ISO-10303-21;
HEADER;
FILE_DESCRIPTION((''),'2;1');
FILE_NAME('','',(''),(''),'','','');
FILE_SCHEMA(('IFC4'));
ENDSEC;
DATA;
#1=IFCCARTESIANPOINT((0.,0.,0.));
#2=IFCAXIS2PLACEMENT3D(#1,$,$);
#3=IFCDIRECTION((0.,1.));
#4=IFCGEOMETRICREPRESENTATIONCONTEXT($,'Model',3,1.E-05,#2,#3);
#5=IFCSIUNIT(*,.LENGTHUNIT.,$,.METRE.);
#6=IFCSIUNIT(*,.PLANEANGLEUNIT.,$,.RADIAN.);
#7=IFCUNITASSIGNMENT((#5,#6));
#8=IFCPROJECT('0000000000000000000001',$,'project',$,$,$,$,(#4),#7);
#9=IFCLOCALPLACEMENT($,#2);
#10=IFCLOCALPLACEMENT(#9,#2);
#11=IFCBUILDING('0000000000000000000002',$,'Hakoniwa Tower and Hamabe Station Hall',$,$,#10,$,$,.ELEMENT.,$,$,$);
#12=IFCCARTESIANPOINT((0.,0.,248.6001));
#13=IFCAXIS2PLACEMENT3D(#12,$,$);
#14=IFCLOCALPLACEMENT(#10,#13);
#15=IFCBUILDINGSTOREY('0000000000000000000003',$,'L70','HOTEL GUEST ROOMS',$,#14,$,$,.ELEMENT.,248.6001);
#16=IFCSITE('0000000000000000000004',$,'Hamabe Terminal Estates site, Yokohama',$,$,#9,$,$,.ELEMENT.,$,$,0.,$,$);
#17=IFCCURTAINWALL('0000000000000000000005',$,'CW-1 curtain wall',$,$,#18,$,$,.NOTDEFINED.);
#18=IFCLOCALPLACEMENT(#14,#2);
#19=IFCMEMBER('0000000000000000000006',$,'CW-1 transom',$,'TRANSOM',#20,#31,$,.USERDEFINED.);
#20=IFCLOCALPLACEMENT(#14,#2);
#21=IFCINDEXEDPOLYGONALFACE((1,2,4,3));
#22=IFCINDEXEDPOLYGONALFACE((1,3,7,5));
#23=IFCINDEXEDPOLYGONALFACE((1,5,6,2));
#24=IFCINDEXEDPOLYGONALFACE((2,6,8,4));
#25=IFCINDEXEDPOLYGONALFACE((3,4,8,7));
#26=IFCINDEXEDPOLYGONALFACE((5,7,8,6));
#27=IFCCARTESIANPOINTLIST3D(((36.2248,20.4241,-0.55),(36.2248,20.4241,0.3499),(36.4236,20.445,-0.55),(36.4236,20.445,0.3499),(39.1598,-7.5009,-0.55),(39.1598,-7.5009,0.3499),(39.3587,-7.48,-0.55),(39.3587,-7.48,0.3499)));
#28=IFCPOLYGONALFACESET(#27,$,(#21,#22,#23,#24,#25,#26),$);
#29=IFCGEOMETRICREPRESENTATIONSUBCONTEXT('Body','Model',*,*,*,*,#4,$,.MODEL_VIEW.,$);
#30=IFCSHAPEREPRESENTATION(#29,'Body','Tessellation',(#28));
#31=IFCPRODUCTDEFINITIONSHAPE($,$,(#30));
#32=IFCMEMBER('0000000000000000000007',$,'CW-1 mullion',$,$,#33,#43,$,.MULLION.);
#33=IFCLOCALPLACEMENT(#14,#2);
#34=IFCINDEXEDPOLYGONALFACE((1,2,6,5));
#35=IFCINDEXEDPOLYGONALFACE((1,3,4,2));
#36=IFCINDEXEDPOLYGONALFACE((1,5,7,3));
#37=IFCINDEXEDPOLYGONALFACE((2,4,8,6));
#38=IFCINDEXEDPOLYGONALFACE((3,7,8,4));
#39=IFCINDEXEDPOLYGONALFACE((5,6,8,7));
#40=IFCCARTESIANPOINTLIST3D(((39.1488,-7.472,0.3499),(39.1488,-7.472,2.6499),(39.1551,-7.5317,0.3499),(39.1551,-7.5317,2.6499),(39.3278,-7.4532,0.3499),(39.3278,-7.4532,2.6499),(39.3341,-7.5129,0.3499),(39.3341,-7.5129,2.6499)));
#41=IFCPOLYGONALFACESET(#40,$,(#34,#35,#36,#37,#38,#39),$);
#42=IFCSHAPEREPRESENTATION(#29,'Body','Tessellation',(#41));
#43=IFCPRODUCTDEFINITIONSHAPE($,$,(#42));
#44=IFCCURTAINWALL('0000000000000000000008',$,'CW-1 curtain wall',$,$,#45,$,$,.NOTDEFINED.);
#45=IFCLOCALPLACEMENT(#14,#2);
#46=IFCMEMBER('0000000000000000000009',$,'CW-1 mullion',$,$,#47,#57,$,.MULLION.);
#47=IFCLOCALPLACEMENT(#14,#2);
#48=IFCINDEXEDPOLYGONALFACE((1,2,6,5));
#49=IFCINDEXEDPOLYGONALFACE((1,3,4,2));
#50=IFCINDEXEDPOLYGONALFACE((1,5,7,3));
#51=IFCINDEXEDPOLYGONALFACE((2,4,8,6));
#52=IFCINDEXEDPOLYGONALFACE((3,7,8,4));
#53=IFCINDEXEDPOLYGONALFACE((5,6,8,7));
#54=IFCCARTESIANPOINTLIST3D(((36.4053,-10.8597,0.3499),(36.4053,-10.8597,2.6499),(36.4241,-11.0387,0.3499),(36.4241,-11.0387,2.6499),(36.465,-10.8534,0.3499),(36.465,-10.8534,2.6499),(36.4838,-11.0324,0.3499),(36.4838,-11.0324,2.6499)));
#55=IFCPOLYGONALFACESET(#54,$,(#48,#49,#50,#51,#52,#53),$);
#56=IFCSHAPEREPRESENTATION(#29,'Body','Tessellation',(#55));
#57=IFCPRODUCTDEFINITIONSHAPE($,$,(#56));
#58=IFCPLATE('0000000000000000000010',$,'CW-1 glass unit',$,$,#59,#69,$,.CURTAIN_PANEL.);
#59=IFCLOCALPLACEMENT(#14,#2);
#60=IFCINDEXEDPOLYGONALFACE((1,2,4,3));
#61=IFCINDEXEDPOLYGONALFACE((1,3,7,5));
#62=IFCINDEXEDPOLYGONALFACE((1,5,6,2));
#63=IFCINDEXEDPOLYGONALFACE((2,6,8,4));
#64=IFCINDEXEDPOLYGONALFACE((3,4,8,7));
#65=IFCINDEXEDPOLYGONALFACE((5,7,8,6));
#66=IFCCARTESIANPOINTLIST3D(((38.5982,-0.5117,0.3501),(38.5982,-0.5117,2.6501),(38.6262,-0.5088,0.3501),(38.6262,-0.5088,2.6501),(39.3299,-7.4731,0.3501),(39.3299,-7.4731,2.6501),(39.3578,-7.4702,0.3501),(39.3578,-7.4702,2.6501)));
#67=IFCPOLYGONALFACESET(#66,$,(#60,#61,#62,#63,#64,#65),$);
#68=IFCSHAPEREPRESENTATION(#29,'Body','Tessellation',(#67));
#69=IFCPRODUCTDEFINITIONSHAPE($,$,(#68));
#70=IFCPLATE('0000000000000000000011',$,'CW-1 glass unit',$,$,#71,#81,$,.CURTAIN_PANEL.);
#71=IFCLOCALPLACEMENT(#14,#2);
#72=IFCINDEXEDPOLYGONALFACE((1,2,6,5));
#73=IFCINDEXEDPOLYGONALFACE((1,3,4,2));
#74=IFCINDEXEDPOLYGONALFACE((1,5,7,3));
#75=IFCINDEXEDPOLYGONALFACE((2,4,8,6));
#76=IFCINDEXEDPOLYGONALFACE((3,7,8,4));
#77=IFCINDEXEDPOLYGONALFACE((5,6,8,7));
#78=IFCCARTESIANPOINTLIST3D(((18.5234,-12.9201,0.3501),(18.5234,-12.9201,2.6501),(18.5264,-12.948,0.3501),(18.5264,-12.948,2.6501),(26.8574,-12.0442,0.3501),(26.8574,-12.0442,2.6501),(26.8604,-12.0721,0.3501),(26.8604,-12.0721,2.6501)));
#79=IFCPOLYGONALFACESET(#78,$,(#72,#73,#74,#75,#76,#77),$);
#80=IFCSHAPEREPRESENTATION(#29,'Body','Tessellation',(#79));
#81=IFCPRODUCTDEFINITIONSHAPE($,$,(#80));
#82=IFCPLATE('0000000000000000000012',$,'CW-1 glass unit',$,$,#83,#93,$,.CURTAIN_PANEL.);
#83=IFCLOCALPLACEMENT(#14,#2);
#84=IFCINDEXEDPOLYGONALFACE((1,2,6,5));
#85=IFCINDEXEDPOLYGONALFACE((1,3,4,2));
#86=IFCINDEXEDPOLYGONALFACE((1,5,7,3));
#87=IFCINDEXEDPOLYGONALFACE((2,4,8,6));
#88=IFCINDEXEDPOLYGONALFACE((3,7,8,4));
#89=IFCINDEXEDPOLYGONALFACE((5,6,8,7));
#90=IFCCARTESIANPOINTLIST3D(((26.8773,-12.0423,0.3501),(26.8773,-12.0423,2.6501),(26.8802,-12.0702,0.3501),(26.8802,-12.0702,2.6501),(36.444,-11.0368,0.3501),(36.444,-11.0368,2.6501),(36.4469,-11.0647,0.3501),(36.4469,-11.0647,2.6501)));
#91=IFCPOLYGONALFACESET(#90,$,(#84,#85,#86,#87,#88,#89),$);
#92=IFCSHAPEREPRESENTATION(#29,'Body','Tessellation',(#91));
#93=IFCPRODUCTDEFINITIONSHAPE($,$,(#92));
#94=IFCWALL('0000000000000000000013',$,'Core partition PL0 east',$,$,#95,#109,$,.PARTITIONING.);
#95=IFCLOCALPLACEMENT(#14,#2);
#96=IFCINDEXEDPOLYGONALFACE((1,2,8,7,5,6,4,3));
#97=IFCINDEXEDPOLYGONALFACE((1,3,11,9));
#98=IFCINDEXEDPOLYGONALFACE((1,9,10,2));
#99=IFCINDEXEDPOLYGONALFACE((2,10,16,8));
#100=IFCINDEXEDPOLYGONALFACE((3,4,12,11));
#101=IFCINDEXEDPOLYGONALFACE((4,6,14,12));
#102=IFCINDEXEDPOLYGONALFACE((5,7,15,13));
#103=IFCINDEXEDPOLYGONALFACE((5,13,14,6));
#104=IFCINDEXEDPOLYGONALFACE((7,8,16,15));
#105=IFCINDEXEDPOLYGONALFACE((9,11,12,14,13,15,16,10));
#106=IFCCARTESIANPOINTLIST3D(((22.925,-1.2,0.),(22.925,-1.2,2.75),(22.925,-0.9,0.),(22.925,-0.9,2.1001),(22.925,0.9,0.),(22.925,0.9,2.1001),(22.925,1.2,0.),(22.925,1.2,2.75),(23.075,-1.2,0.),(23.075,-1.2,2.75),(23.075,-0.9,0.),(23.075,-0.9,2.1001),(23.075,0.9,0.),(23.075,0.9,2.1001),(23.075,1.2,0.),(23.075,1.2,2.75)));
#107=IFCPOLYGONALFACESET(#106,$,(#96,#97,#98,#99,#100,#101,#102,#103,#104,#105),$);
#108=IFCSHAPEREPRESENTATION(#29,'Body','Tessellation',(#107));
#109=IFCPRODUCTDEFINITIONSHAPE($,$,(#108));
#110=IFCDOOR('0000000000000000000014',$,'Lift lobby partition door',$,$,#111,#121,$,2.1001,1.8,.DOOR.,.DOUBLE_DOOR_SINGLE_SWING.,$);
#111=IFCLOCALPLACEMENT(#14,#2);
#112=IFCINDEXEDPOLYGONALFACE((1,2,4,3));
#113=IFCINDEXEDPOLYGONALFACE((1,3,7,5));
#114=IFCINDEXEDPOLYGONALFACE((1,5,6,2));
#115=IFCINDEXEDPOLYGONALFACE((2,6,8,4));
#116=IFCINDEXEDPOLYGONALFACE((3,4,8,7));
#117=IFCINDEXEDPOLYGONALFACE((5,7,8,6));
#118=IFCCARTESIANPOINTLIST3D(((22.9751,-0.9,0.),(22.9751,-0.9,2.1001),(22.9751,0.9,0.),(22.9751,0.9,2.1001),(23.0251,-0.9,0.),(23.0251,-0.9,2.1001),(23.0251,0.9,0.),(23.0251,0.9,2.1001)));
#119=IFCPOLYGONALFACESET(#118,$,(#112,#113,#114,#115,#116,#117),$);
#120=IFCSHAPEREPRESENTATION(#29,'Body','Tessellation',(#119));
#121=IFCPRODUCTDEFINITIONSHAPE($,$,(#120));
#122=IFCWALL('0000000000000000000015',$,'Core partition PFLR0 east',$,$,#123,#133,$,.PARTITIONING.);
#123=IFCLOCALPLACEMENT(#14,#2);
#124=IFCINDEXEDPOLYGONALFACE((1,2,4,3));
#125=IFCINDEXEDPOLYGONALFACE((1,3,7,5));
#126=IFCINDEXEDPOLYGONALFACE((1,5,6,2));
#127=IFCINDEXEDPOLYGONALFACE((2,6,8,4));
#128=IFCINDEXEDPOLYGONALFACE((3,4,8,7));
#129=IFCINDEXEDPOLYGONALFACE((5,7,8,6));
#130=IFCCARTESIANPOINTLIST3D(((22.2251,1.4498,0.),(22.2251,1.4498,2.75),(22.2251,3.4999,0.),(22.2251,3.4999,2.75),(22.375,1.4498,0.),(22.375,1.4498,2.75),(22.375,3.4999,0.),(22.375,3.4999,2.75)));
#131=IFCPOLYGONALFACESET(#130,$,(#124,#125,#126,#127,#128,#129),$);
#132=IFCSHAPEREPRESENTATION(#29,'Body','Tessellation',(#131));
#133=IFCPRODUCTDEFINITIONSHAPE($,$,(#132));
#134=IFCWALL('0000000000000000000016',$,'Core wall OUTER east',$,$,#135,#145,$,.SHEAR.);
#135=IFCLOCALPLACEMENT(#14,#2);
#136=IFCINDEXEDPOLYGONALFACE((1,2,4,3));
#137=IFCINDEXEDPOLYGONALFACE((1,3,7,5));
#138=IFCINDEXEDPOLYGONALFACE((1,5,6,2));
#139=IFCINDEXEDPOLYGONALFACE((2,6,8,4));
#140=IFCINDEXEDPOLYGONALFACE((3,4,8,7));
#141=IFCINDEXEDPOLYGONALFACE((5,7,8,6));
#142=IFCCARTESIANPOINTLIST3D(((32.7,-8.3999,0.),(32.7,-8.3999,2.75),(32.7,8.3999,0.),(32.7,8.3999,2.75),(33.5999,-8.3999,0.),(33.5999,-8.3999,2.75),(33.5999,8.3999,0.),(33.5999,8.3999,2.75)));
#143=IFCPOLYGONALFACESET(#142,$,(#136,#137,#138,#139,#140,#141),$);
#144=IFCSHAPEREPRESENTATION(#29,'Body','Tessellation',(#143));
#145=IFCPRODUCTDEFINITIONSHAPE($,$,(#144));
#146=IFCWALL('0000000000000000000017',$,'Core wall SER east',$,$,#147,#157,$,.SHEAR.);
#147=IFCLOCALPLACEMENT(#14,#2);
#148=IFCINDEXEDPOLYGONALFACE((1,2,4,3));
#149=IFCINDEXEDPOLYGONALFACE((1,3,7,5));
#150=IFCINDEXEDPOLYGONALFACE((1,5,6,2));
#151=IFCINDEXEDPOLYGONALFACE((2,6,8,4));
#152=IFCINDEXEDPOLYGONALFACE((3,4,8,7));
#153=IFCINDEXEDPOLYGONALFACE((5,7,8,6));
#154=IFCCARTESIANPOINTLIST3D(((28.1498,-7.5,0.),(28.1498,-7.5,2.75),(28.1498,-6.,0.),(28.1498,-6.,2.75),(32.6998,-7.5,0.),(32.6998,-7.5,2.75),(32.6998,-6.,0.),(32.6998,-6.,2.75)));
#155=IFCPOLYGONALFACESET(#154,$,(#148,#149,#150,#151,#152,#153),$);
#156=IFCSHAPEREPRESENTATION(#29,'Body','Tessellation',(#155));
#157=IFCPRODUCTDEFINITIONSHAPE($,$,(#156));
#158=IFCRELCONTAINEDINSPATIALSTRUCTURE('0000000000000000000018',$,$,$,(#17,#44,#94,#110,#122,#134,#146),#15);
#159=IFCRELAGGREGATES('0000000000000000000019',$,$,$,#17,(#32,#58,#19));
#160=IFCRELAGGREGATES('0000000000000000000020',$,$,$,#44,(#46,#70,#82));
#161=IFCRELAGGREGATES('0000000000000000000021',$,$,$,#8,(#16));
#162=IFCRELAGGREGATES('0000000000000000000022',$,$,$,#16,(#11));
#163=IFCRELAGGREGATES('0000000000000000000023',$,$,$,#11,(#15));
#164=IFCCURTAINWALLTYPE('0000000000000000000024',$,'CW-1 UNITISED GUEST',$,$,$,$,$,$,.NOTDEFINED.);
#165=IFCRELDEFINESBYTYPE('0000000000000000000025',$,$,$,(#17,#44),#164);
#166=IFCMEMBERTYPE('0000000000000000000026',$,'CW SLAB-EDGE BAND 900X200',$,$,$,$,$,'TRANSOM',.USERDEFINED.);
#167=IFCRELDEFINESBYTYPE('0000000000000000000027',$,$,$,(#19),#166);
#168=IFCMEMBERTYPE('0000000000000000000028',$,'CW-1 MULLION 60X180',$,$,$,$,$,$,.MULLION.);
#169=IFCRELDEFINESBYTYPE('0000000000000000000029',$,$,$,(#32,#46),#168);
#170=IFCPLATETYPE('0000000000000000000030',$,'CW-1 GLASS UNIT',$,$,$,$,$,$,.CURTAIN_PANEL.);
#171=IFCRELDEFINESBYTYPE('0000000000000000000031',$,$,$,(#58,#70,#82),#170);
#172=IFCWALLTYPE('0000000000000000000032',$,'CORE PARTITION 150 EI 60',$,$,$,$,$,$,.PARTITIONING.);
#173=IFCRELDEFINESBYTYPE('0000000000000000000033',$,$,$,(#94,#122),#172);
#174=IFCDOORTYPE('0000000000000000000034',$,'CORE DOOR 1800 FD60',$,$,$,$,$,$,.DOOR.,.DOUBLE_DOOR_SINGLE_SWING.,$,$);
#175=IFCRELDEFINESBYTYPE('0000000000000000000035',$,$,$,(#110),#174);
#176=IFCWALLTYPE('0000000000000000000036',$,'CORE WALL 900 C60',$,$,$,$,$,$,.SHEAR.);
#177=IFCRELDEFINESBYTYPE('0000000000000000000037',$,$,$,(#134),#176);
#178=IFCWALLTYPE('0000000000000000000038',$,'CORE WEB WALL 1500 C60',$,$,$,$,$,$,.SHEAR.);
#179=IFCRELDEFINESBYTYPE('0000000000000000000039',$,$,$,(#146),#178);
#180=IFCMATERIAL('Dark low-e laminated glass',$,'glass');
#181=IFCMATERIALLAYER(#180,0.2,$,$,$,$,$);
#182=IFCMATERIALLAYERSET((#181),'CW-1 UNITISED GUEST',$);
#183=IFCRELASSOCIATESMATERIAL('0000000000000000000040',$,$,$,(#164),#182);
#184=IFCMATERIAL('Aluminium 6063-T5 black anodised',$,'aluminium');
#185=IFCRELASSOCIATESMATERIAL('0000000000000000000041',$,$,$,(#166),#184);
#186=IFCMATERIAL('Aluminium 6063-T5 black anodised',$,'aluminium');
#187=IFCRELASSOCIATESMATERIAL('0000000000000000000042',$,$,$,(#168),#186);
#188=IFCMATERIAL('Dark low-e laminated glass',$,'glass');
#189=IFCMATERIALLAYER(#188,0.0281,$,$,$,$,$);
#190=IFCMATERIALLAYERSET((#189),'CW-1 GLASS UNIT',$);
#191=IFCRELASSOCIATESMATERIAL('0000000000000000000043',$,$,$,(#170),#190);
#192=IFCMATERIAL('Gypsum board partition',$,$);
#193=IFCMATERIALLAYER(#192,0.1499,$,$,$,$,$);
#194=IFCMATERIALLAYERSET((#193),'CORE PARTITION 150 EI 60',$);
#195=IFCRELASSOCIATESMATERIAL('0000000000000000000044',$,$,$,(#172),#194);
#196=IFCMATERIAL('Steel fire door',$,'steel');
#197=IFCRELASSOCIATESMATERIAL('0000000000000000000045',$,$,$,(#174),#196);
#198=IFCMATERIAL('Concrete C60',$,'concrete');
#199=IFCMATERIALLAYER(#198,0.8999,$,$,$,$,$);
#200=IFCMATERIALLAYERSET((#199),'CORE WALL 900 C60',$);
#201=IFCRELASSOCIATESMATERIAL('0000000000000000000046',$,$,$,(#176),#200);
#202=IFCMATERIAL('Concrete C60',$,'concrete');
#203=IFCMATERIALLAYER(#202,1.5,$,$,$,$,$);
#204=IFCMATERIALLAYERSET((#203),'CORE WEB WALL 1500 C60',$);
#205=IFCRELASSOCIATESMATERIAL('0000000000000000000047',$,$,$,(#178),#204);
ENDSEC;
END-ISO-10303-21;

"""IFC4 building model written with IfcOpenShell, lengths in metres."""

from ifc_helpers import new_model, si_unit, direction, frame, frame_2d, origin, origin_2d, place, context, subcontext, project, spatial, rectangle, extrude, material, layer, layer_set, material_profile, profile_set, type_object, element, fill, aggregate, save


model = new_model("IFC4")

# Units and contexts
model_context = context("Model", 3, precision=1e-05, world=origin(), true_north=direction((0.0, 1.0)))
body_context = subcontext(model_context, "Body", "Model", "MODEL_VIEW")
ifc_project = project(units=[si_unit("LENGTHUNIT", "METRE"), si_unit("PLANEANGLEUNIT", "RADIAN")], contexts=[model_context])

# Site, building, storey
site_placement = place(None, origin())
site = spatial("IfcSite", under=ifc_project, at=site_placement, Name="Hamabe Terminal Estates site, Yokohama", CompositionType="ELEMENT", RefElevation=0.0)
building_placement = place(site_placement, origin())
building = spatial("IfcBuilding", under=site, at=building_placement, Name="Hakoniwa Tower and Hamabe Station Hall", CompositionType="ELEMENT")
storey_placement = place(building_placement, frame((0.0, 0.0, 248.6001)))
storey = spatial("IfcBuildingStorey", under=building, at=storey_placement, Name="L70", Description="HOTEL GUEST ROOMS", CompositionType="ELEMENT", Elevation=248.6001)

# Curtain wall, members
ifc_material_1 = material(Name="Dark low-e laminated glass", Category="glass")
ifc_layer_1 = layer(ifc_material_1, 0.2)
ifc_layer_set_1 = layer_set([ifc_layer_1], Name="CW-1 UNITISED GUEST")
curtain_wall_type = type_object("IfcCurtainWallType", Name="CW-1 UNITISED GUEST", PredefinedType="NOTDEFINED", material=ifc_layer_set_1)
curtain_wall_1_placement = place(storey_placement, origin())
curtain_wall_1 = element("IfcCurtainWall", 1, at=curtain_wall_1_placement, inside=storey, type_object=curtain_wall_type, Name="CW-1 curtain wall", PredefinedType="NOTDEFINED")
ifc_material_2 = material(Name="Aluminium 6063-T5 black anodised", Category="aluminium")
ifc_material_profile_1 = material_profile(ifc_material_2, rectangle(XDim=0.2, YDim=0.8999, at=origin_2d()), Name="CW SLAB-EDGE BAND 900X200")
ifc_profile_set_1 = profile_set([ifc_material_profile_1], Name="Aluminium 6063-T5 black anodised")
member_type_1 = type_object("IfcMemberType", Name="CW SLAB-EDGE BAND 900X200", ElementType="TRANSOM", PredefinedType="USERDEFINED", material=ifc_profile_set_1)
member_1_placement = place(storey_placement, frame((39.2593, -7.4905, -0.1001), z_axis=(-0.104529, 0.994522, 0.0), x_axis=(-0.994522, -0.104529, 0.0)))
member_1 = element("IfcMember", 2, at=member_1_placement, type_object=member_type_1, Name="CW-1 transom", ObjectType="TRANSOM", PredefinedType="USERDEFINED", context=body_context, shape_type="SweptSolid", body=[
    extrude(rectangle(XDim=0.2, YDim=0.8999, at=origin_2d()), origin(), (0.0, 0.0, 1.0), 28.0789),
])
ifc_material_3 = material(Name="Aluminium 6063-T5 black anodised", Category="aluminium")
ifc_material_profile_2 = material_profile(ifc_material_3, rectangle(XDim=0.0601, YDim=0.1799, at=origin_2d()), Name="CW-1 MULLION 60X180")
ifc_profile_set_2 = profile_set([ifc_material_profile_2], Name="Aluminium 6063-T5 black anodised")
member_type_2 = type_object("IfcMemberType", Name="CW-1 MULLION 60X180", PredefinedType="MULLION", material=ifc_profile_set_2)
member_2_placement = place(storey_placement, frame((39.2415, -7.4924, 0.3499), z_axis=(0.0, 0.0, 1.0), x_axis=(-0.104528, 0.994522, 0.0)))
member_2 = element("IfcMember", 3, at=member_2_placement, type_object=member_type_2, Name="CW-1 mullion", PredefinedType="MULLION", context=body_context, shape_type="SweptSolid", body=[
    extrude(rectangle(XDim=0.0601, YDim=0.1799, at=origin_2d()), origin(), (0.0, 0.0, 1.0), 2.3),
])

# Curtain wall, member
curtain_wall_2_placement = place(storey_placement, origin())
curtain_wall_2 = element("IfcCurtainWall", 4, at=curtain_wall_2_placement, inside=storey, type_object=curtain_wall_type, Name="CW-1 curtain wall", PredefinedType="NOTDEFINED")
member_3_placement = place(storey_placement, frame((36.4446, -10.946, 0.3499), z_axis=(0.0, 0.0, 1.0), x_axis=(0.994522, 0.104528, 0.0)))
member_3 = element("IfcMember", 5, at=member_3_placement, type_object=member_type_2, Name="CW-1 mullion", PredefinedType="MULLION", context=body_context, shape_type="SweptSolid", body=[
    extrude(rectangle(XDim=0.0601, YDim=0.1799, at=origin_2d()), origin(), (0.0, 0.0, 1.0), 2.3),
])

# Plates
ifc_material_4 = material(Name="Dark low-e laminated glass", Category="glass")
ifc_layer_2 = layer(ifc_material_4, 0.0281)
ifc_layer_set_2 = layer_set([ifc_layer_2], Name="CW-1 GLASS UNIT")
plate_type = type_object("IfcPlateType", Name="CW-1 GLASS UNIT", PredefinedType="CURTAIN_PANEL", material=ifc_layer_set_2)
plate_1_placement = place(storey_placement, frame((38.978, -3.991, 0.3501), z_axis=(0.0, 0.0, 1.0), x_axis=(-0.104528, 0.994522, 0.0)))
plate_1 = element("IfcPlate", 6, at=plate_1_placement, type_object=plate_type, Name="CW-1 glass unit", PredefinedType="CURTAIN_PANEL", context=body_context, shape_type="SweptSolid", body=[
    extrude(rectangle(XDim=6.9998, YDim=0.0281, at=origin_2d()), origin(), (0.0, 0.0, 1.0), 2.3),
])
aggregate(curtain_wall_1, [member_2, plate_1, member_1])
plate_2_placement = place(storey_placement, frame((22.6919, -12.4961, 0.3501), z_axis=(0.0, 0.0, 1.0), x_axis=(0.994522, 0.104528, 0.0)))
plate_2 = element("IfcPlate", 7, at=plate_2_placement, type_object=plate_type, Name="CW-1 glass unit", PredefinedType="CURTAIN_PANEL", context=body_context, shape_type="SweptSolid", body=[
    extrude(rectangle(XDim=8.3799, YDim=0.0281, at=origin_2d()), origin(), (0.0, 0.0, 1.0), 2.3),
])
plate_3_placement = place(storey_placement, frame((31.6621, -11.5535, 0.3501), z_axis=(0.0, 0.0, 1.0), x_axis=(0.994522, 0.104528, 0.0)))
plate_3 = element("IfcPlate", 8, at=plate_3_placement, type_object=plate_type, Name="CW-1 glass unit", PredefinedType="CURTAIN_PANEL", context=body_context, shape_type="SweptSolid", body=[
    extrude(rectangle(XDim=9.6194, YDim=0.0281, at=origin_2d()), origin(), (0.0, 0.0, 1.0), 2.3),
])
aggregate(curtain_wall_2, [member_3, plate_2, plate_3])

# Wall, opening, door
ifc_material_5 = material(Name="Gypsum board partition")
ifc_layer_3 = layer(ifc_material_5, 0.1499)
ifc_layer_set_3 = layer_set([ifc_layer_3], Name="CORE PARTITION 150 EI 60")
wall_type_1 = type_object("IfcWallType", Name="CORE PARTITION 150 EI 60", PredefinedType="PARTITIONING", material=ifc_layer_set_3)
wall_1_placement = place(storey_placement, frame((23.0, -1.2, 0.0), z_axis=(0.0, 0.0, 1.0), x_axis=(0.0, 1.0, 0.0)))
wall_1 = element("IfcWall", 9, at=wall_1_placement, inside=storey, type_object=wall_type_1, Name="Core partition PL0 east", PredefinedType="PARTITIONING", context=body_context, shape_type="SweptSolid", body=[
    extrude(rectangle(XDim=2.3999, YDim=0.1499, at=frame_2d((1.2, 0.0))), origin(), (0.0, 0.0, 1.0), 2.75),
])
opening_1_placement = place(wall_1_placement, frame((0.3, 0.0, 0.0)))
opening_1 = element("IfcOpeningElement", 10, at=opening_1_placement, cuts=wall_1, PredefinedType="OPENING", context=body_context, shape_type="SweptSolid", body=[
    extrude(rectangle(XDim=1.8, YDim=2.1001, at=frame_2d((0.8999, 1.05))), frame((0.0, 0.085, 0.0), z_axis=(0.0, -1.0, 0.0), x_axis=(1.0, 0.0, 0.0)), (0.0, 0.0, 1.0), 0.1699),
])
ifc_material_6 = material(Name="Steel fire door", Category="steel")
door_type_1 = type_object("IfcDoorType", Name="CORE DOOR 1800 FD60", OperationType="DOUBLE_DOOR_SINGLE_SWING", PredefinedType="DOOR", material=ifc_material_6)
door_1_placement = place(opening_1_placement, origin())
door_1 = element("IfcDoor", 11, at=door_1_placement, inside=storey, type_object=door_type_1, Name="Lift lobby partition door", OperationType="DOUBLE_DOOR_SINGLE_SWING", OverallHeight=2.1001, OverallWidth=1.8, PredefinedType="DOOR", context=body_context, shape_type="SweptSolid", body=[
    extrude(rectangle(XDim=1.8, YDim=2.1001, at=frame_2d((0.8999, 1.05))), frame((0.0, 0.0249, 0.0), z_axis=(0.0, -1.0, 0.0), x_axis=(1.0, 0.0, 0.0)), (0.0, 0.0, 1.0), 0.05),
])
fill(opening_1, door_1)

# Walls
wall_2_placement = place(storey_placement, frame((22.3, 1.45, 0.0), z_axis=(0.0, 0.0, 1.0), x_axis=(0.0, 1.0, 0.0)))
element("IfcWall", 12, at=wall_2_placement, inside=storey, type_object=wall_type_1, Name="Core partition PFLR0 east", PredefinedType="PARTITIONING", context=body_context, shape_type="SweptSolid", body=[
    extrude(rectangle(XDim=2.05, YDim=0.1499, at=frame_2d((1.0249, 0.0))), origin(), (0.0, 0.0, 1.0), 2.75),
])
ifc_material_7 = material(Name="Concrete C60", Category="concrete")
ifc_layer_4 = layer(ifc_material_7, 0.8999)
ifc_layer_set_4 = layer_set([ifc_layer_4], Name="CORE WALL 900 C60")
wall_type_2 = type_object("IfcWallType", Name="CORE WALL 900 C60", PredefinedType="SHEAR", material=ifc_layer_set_4)
wall_3_placement = place(storey_placement, frame((33.1499, -8.3999, 0.0), z_axis=(0.0, 0.0, 1.0), x_axis=(0.0, 1.0, 0.0)))
element("IfcWall", 13, at=wall_3_placement, inside=storey, type_object=wall_type_2, Name="Core wall OUTER east", PredefinedType="SHEAR", context=body_context, shape_type="SweptSolid", body=[
    extrude(rectangle(XDim=16.7998, YDim=0.8999, at=frame_2d((8.3999, 0.0))), origin(), (0.0, 0.0, 1.0), 2.75),
])
ifc_material_8 = material(Name="Concrete C60", Category="concrete")
ifc_layer_5 = layer(ifc_material_8, 1.5)
ifc_layer_set_5 = layer_set([ifc_layer_5], Name="CORE WEB WALL 1500 C60")
wall_type_3 = type_object("IfcWallType", Name="CORE WEB WALL 1500 C60", PredefinedType="SHEAR", material=ifc_layer_set_5)
wall_4_placement = place(storey_placement, frame((28.1499, -6.75, 0.0), z_axis=(0.0, 0.0, 1.0), x_axis=(1.0, 0.0, 0.0)))
element("IfcWall", 14, at=wall_4_placement, inside=storey, type_object=wall_type_3, Name="Core wall SER east", PredefinedType="SHEAR", context=body_context, shape_type="SweptSolid", body=[
    extrude(rectangle(XDim=4.55, YDim=1.5, at=frame_2d((2.2749, 0.0))), origin(), (0.0, 0.0, 1.0), 2.75),
])

save(model, "model.ifc")
